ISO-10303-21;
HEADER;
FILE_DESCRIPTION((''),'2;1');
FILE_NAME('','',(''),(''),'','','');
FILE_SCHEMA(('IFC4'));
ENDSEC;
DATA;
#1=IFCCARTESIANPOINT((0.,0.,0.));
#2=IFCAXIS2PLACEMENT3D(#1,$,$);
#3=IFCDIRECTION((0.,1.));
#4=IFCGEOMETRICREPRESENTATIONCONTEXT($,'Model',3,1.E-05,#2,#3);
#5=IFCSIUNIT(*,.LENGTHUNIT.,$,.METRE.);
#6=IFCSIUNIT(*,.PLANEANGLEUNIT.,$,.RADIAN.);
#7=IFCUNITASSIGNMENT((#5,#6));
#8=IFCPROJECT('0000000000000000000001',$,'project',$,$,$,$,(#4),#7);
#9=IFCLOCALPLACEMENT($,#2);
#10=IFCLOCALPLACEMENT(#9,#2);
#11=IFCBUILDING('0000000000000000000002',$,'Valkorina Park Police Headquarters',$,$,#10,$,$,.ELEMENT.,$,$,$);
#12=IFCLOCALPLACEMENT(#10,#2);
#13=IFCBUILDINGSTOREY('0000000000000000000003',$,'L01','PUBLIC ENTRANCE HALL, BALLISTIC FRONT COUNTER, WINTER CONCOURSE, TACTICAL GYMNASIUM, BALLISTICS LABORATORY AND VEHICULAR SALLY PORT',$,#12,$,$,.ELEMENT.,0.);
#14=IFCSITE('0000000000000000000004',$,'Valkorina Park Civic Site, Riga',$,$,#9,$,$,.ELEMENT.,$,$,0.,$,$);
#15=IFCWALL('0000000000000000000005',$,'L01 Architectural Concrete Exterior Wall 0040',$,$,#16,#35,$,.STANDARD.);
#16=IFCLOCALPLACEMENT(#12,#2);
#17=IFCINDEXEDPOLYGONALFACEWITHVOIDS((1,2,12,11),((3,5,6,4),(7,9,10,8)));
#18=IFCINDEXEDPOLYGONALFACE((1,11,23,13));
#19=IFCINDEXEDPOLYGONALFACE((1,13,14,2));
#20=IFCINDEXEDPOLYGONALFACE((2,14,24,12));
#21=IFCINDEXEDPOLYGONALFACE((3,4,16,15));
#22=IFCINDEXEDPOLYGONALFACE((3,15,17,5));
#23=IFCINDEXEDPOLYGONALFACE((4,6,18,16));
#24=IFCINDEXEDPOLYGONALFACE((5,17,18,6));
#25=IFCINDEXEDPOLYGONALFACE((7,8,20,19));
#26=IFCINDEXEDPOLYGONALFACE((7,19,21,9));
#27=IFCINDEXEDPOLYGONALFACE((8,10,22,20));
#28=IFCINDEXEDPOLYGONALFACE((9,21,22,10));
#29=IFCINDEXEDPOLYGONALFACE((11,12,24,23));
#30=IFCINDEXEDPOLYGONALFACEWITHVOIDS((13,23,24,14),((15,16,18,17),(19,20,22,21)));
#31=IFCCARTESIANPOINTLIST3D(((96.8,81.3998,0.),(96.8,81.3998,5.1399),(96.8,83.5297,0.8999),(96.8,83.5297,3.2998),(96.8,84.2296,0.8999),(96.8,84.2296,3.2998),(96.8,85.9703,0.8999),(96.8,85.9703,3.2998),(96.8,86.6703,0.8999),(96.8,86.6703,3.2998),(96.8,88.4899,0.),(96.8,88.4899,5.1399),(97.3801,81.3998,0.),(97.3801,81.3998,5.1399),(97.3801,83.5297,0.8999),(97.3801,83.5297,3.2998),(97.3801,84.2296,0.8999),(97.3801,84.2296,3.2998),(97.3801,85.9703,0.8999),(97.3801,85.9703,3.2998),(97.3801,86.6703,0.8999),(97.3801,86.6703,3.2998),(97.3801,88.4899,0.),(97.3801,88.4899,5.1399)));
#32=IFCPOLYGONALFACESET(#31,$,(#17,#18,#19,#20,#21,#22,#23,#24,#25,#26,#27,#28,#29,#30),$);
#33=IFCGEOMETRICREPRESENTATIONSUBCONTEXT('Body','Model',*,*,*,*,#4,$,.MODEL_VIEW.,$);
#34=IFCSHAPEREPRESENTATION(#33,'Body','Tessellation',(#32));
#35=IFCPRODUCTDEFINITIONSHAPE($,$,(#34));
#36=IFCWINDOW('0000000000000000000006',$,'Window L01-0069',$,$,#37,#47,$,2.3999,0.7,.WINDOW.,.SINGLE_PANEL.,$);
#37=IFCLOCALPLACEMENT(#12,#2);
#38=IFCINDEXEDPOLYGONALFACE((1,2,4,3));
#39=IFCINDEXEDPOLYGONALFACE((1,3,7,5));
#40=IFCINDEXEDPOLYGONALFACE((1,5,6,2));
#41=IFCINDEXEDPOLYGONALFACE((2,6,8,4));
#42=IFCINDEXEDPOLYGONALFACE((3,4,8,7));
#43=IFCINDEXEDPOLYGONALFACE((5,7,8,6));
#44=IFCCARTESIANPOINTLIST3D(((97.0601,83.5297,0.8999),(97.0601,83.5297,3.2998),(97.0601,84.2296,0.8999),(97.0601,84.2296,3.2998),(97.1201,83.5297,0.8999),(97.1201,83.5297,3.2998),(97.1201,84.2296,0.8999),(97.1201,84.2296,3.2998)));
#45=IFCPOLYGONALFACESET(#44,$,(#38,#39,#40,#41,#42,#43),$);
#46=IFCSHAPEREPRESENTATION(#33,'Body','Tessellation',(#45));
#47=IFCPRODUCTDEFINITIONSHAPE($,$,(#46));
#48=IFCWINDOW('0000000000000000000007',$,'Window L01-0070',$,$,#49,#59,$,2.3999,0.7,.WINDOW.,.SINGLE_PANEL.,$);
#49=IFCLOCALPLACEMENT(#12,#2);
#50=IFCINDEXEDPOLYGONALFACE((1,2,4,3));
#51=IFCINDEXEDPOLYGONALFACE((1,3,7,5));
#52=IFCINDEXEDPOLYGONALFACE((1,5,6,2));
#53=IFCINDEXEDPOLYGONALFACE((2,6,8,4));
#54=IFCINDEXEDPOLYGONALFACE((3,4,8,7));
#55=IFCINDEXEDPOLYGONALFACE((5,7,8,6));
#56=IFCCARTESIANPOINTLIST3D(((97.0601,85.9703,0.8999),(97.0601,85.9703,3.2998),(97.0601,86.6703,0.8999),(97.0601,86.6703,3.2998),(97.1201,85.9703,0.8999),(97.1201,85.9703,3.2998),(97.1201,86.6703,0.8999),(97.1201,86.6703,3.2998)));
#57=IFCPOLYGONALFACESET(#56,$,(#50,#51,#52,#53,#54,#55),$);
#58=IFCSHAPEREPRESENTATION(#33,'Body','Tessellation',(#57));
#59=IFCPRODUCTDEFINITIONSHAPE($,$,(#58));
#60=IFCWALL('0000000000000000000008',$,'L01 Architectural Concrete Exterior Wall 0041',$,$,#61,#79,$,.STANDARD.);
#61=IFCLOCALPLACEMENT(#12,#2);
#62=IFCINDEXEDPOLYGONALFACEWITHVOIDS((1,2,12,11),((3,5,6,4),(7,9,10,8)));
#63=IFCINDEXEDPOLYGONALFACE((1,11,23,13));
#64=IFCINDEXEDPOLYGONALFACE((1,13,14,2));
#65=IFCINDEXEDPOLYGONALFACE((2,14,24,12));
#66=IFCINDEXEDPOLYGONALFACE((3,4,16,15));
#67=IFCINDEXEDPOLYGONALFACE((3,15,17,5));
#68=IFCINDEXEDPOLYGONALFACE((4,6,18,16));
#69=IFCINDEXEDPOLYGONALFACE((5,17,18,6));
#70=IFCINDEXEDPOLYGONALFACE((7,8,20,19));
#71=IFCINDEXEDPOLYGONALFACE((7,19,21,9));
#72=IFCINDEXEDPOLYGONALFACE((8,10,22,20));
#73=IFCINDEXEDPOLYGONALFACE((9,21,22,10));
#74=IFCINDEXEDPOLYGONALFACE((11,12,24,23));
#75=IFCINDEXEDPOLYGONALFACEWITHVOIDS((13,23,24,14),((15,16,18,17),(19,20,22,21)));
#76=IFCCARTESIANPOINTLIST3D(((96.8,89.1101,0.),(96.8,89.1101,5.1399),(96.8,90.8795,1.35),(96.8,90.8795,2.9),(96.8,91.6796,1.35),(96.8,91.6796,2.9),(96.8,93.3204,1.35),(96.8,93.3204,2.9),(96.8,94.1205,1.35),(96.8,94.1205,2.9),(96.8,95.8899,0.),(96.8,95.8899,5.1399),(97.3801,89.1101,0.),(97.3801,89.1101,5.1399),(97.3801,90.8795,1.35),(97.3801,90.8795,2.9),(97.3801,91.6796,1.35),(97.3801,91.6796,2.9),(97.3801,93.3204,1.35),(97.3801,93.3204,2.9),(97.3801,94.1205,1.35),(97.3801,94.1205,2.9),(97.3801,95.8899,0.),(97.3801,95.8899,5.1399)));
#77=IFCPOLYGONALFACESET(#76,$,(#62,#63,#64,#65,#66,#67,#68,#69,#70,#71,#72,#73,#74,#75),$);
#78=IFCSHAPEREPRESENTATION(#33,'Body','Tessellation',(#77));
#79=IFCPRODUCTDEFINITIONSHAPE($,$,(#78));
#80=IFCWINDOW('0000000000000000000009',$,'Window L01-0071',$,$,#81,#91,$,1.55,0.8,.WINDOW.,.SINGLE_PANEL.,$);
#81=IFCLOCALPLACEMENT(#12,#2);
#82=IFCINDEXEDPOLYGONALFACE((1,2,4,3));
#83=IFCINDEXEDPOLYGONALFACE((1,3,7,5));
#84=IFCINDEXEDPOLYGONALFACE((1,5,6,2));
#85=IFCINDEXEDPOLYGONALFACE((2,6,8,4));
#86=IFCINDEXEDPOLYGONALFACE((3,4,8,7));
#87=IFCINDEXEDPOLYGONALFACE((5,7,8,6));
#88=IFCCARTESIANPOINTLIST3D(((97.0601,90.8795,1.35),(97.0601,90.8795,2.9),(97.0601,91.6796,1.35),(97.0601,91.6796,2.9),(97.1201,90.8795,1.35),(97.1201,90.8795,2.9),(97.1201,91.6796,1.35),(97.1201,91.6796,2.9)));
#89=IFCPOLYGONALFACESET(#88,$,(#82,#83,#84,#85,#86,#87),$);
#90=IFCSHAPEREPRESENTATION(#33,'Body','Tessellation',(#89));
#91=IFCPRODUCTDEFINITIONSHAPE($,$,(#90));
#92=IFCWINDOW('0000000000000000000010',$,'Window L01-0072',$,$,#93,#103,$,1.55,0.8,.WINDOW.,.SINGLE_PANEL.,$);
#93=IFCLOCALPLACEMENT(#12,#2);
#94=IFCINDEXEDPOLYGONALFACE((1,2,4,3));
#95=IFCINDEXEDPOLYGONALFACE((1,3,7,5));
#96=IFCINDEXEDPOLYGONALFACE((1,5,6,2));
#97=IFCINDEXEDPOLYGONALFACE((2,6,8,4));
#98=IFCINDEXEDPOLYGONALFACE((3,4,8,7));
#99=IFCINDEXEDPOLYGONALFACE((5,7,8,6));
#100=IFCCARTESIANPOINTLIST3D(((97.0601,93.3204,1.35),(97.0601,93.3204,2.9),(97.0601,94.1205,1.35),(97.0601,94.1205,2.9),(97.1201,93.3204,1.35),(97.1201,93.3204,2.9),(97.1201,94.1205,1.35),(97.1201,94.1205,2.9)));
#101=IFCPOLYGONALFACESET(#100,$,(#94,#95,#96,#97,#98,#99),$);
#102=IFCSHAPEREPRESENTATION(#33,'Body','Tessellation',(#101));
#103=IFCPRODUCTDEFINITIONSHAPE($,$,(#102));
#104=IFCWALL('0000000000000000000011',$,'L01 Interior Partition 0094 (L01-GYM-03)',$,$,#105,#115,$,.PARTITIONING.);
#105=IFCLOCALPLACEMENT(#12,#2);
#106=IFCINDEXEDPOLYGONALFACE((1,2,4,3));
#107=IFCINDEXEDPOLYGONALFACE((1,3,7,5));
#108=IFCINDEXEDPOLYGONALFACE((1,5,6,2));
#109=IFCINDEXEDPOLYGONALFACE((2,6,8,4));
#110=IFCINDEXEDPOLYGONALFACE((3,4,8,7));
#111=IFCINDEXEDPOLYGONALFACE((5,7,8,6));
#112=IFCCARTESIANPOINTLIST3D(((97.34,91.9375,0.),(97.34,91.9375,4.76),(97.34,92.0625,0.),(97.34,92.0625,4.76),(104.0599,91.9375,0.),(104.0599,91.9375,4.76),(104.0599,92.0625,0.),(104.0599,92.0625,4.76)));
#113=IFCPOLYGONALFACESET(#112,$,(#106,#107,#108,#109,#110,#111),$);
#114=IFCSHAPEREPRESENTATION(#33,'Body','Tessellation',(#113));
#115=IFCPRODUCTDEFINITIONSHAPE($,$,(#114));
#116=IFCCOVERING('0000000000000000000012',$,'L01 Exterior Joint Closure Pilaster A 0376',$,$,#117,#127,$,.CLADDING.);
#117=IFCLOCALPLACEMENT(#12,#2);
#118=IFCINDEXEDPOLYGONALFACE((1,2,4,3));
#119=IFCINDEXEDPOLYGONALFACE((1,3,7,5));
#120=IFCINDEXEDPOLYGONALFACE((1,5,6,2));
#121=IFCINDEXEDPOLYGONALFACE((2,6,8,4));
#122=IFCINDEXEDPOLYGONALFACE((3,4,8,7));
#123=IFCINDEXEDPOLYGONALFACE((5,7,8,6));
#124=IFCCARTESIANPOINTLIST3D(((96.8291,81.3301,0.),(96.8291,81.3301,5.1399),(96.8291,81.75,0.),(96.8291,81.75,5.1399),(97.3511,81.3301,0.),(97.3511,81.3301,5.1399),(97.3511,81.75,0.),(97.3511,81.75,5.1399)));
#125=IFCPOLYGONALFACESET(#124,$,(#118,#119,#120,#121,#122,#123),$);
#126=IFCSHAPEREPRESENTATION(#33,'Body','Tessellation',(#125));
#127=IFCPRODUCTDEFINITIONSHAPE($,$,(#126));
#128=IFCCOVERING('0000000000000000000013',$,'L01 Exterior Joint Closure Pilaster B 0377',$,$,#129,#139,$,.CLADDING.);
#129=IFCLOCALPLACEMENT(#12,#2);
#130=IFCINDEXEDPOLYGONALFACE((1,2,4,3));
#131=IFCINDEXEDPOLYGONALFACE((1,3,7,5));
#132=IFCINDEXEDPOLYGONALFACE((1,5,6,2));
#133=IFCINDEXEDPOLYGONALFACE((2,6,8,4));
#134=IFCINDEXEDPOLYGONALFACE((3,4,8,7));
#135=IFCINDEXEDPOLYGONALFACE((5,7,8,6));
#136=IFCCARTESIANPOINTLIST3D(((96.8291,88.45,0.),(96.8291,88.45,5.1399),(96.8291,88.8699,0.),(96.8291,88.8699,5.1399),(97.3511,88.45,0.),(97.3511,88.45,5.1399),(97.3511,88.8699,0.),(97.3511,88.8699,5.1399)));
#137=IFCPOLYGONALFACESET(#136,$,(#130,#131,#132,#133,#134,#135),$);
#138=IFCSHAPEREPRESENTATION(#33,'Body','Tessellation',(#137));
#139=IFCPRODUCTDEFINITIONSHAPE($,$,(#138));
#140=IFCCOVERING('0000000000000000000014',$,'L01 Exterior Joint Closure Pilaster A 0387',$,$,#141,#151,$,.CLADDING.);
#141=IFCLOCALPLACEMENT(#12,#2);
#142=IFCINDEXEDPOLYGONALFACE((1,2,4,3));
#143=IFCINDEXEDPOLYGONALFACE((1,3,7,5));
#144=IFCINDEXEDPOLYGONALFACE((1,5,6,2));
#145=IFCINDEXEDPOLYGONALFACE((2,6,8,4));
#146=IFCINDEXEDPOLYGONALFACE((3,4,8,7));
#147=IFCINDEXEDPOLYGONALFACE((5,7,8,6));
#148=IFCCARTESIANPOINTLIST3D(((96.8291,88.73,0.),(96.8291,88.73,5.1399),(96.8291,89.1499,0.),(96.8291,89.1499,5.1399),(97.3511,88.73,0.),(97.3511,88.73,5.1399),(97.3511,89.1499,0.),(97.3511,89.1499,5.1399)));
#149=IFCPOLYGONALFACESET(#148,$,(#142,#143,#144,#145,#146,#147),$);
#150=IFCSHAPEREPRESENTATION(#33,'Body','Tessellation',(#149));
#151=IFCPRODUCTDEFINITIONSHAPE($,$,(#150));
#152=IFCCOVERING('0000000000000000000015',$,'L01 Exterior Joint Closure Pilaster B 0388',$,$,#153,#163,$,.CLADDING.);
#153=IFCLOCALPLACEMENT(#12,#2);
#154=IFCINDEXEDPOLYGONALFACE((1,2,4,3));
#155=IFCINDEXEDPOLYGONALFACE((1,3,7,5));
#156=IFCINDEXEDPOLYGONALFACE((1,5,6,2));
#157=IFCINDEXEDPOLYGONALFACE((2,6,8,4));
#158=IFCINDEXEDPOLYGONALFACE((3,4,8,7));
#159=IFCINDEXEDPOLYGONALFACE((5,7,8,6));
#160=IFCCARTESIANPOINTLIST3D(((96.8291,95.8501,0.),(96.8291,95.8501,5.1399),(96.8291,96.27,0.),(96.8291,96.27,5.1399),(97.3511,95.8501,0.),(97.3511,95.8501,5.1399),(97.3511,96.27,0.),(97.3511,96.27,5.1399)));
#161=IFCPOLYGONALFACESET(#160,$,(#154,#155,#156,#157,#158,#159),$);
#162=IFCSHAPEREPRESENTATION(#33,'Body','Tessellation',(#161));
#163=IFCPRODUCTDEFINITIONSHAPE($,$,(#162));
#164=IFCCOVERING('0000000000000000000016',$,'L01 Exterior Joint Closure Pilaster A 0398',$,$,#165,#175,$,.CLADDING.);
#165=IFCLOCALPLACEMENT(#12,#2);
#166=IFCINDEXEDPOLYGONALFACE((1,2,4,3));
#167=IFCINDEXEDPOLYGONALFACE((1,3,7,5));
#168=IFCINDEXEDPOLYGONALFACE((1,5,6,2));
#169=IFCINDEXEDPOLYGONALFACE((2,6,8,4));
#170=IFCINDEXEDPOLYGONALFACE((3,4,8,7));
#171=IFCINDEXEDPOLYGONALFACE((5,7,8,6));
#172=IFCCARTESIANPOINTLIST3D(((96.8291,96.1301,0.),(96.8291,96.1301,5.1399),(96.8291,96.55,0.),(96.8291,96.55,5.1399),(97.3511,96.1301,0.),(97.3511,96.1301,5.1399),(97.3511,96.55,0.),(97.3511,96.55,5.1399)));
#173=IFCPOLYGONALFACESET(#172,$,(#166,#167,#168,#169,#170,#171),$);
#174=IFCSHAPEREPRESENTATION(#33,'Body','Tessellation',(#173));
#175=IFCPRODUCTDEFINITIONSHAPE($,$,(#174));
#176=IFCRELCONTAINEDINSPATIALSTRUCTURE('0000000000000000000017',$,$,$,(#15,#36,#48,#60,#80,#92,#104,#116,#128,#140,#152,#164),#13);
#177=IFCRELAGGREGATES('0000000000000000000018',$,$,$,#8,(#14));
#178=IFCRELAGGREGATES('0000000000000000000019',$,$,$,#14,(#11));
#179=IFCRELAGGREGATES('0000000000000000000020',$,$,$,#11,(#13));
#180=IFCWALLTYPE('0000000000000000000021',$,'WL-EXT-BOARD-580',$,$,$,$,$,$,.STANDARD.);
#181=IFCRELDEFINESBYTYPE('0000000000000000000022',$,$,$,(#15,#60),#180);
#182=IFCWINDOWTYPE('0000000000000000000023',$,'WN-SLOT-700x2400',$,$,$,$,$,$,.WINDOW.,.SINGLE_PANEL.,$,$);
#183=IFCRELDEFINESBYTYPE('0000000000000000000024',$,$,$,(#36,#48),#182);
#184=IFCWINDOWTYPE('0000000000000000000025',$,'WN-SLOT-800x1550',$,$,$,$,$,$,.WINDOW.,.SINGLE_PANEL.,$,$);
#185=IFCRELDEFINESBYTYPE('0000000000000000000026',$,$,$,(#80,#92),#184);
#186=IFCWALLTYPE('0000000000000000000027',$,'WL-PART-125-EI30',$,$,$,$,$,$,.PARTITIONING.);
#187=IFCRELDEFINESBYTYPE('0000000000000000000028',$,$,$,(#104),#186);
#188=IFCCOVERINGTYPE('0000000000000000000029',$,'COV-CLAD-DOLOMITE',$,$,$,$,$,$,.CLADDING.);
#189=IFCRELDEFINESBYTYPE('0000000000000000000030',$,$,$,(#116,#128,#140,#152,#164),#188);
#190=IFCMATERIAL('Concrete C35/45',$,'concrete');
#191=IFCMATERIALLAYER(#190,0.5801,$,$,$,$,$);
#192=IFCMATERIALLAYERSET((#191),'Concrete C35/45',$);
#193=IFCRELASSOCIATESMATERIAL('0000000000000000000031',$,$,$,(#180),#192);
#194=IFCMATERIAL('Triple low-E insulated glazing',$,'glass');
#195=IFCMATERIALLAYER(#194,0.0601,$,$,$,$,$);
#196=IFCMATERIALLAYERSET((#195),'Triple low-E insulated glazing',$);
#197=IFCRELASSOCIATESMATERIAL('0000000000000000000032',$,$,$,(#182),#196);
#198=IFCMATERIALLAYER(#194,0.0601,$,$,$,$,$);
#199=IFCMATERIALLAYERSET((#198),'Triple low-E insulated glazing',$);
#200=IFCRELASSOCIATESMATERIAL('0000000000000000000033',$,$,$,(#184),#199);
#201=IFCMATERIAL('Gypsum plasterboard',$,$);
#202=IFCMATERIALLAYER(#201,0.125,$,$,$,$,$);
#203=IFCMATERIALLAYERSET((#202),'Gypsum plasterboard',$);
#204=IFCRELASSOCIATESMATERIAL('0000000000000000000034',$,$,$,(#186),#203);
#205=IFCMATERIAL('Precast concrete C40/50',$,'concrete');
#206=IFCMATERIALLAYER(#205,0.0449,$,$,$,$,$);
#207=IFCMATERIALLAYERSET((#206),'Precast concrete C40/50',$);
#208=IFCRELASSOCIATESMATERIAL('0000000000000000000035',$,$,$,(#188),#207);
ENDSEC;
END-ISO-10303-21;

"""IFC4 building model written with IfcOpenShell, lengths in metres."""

from ifc_helpers import new_model, si_unit, direction, frame, frame_2d, origin, origin_2d, place, context, subcontext, project, spatial, rectangle, extrude, material, layer, layer_set, type_object, element, fill, save


model = new_model("IFC4")

# Units and contexts
model_context = context("Model", 3, precision=1e-05, world=origin(), true_north=direction((0.0, 1.0)))
body_context = subcontext(model_context, "Body", "Model", "MODEL_VIEW")
ifc_project = project(units=[si_unit("LENGTHUNIT", "METRE"), si_unit("PLANEANGLEUNIT", "RADIAN")], contexts=[model_context])

# Site, building, storey
site_placement = place(None, origin())
site = spatial("IfcSite", under=ifc_project, at=site_placement, Name="Valkorina Park Civic Site, Riga", CompositionType="ELEMENT", RefElevation=0.0)
building_placement = place(site_placement, origin())
building = spatial("IfcBuilding", under=site, at=building_placement, Name="Valkorina Park Police Headquarters", CompositionType="ELEMENT")
storey_placement = place(building_placement, origin())
storey = spatial("IfcBuildingStorey", under=building, at=storey_placement, Name="L01", Description="PUBLIC ENTRANCE HALL, BALLISTIC FRONT COUNTER, WINTER CONCOURSE, TACTICAL GYMNASIUM, BALLISTICS LABORATORY AND VEHICULAR SALLY PORT", CompositionType="ELEMENT", Elevation=0.0)

# Walls, openings, windows
ifc_material_1 = material(Name="Concrete C35/45", Category="concrete")
ifc_layer_1 = layer(ifc_material_1, 0.5801)
ifc_layer_set_1 = layer_set([ifc_layer_1], Name="Concrete C35/45")
wall_type_1 = type_object("IfcWallType", Name="WL-EXT-BOARD-580", PredefinedType="STANDARD", material=ifc_layer_set_1)
wall_1_placement = place(storey_placement, frame((97.0901, 81.3999, 0.0), z_axis=(0.0, 0.0, 1.0), x_axis=(0.0, 1.0, 0.0)))
wall_1 = element("IfcWall", 1, at=wall_1_placement, inside=storey, type_object=wall_type_1, Name="L01 Architectural Concrete Exterior Wall 0040", PredefinedType="STANDARD", context=body_context, shape_type="SweptSolid", body=[
    extrude(rectangle(XDim=7.0901, YDim=0.5801, at=frame_2d((3.5449, 0.0))), origin(), (0.0, 0.0, 1.0), 5.1399),
])
opening_1_placement = place(wall_1_placement, frame((2.1296, 0.0, 0.8999)))
opening_1 = element("IfcOpeningElement", 2, at=opening_1_placement, cuts=wall_1, PredefinedType="OPENING", context=body_context, shape_type="SweptSolid", body=[
    extrude(rectangle(XDim=0.7, YDim=2.3999, at=frame_2d((0.3501, 1.2))), frame((0.0, 0.3, 0.0), z_axis=(0.0, -1.0, 0.0), x_axis=(1.0, 0.0, 0.0)), (0.0, 0.0, 1.0), 0.6001),
])
opening_2_placement = place(wall_1_placement, frame((4.5703, 0.0, 0.8999)))
opening_2 = element("IfcOpeningElement", 3, at=opening_2_placement, cuts=wall_1, PredefinedType="OPENING", context=body_context, shape_type="SweptSolid", body=[
    extrude(rectangle(XDim=0.7, YDim=2.3999, at=frame_2d((0.3501, 1.2))), frame((0.0, 0.3, 0.0), z_axis=(0.0, -1.0, 0.0), x_axis=(1.0, 0.0, 0.0)), (0.0, 0.0, 1.0), 0.6001),
])
ifc_material_2 = material(Name="Triple low-E insulated glazing", Category="glass")
ifc_layer_2 = layer(ifc_material_2, 0.0601)
ifc_layer_set_2 = layer_set([ifc_layer_2], Name="Triple low-E insulated glazing")
window_type_1 = type_object("IfcWindowType", Name="WN-SLOT-700x2400", PartitioningType="SINGLE_PANEL", PredefinedType="WINDOW", material=ifc_layer_set_2)
window_1_placement = place(opening_1_placement, origin())
window_1 = element("IfcWindow", 4, at=window_1_placement, inside=storey, type_object=window_type_1, Name="Window L01-0069", OverallHeight=2.3999, OverallWidth=0.7, PartitioningType="SINGLE_PANEL", PredefinedType="WINDOW", context=body_context, shape_type="SweptSolid", body=[
    extrude(rectangle(XDim=0.7, YDim=2.3999, at=frame_2d((0.3501, 1.2))), frame((0.0, 0.03, 0.0), z_axis=(0.0, -1.0, 0.0), x_axis=(1.0, 0.0, 0.0)), (0.0, 0.0, 1.0), 0.0601),
])
fill(opening_1, window_1)
window_2_placement = place(opening_2_placement, origin())
window_2 = element("IfcWindow", 5, at=window_2_placement, inside=storey, type_object=window_type_1, Name="Window L01-0070", OverallHeight=2.3999, OverallWidth=0.7, PartitioningType="SINGLE_PANEL", PredefinedType="WINDOW", context=body_context, shape_type="SweptSolid", body=[
    extrude(rectangle(XDim=0.7, YDim=2.3999, at=frame_2d((0.3501, 1.2))), frame((0.0, 0.03, 0.0), z_axis=(0.0, -1.0, 0.0), x_axis=(1.0, 0.0, 0.0)), (0.0, 0.0, 1.0), 0.0601),
])
fill(opening_2, window_2)
wall_2_placement = place(storey_placement, frame((97.0901, 89.1101, 0.0), z_axis=(0.0, 0.0, 1.0), x_axis=(0.0, 1.0, 0.0)))
wall_2 = element("IfcWall", 6, at=wall_2_placement, inside=storey, type_object=wall_type_1, Name="L01 Architectural Concrete Exterior Wall 0041", PredefinedType="STANDARD", context=body_context, shape_type="SweptSolid", body=[
    extrude(rectangle(XDim=6.7798, YDim=0.5801, at=frame_2d((3.3899, 0.0))), origin(), (0.0, 0.0, 1.0), 5.1399),
])
opening_3_placement = place(wall_2_placement, frame((1.7695, 0.0, 1.3501)))
opening_3 = element("IfcOpeningElement", 7, at=opening_3_placement, cuts=wall_2, PredefinedType="OPENING", context=body_context, shape_type="SweptSolid", body=[
    extrude(rectangle(XDim=0.8, YDim=1.55, at=frame_2d((0.3999, 0.7749))), frame((0.0, 0.3, 0.0), z_axis=(0.0, -1.0, 0.0), x_axis=(1.0, 0.0, 0.0)), (0.0, 0.0, 1.0), 0.6001),
])
opening_4_placement = place(wall_2_placement, frame((4.2104, 0.0, 1.3501)))
opening_4 = element("IfcOpeningElement", 8, at=opening_4_placement, cuts=wall_2, PredefinedType="OPENING", context=body_context, shape_type="SweptSolid", body=[
    extrude(rectangle(XDim=0.8, YDim=1.55, at=frame_2d((0.3999, 0.7749))), frame((0.0, 0.3, 0.0), z_axis=(0.0, -1.0, 0.0), x_axis=(1.0, 0.0, 0.0)), (0.0, 0.0, 1.0), 0.6001),
])
ifc_layer_3 = layer(ifc_material_2, 0.0601)
ifc_layer_set_3 = layer_set([ifc_layer_3], Name="Triple low-E insulated glazing")
window_type_2 = type_object("IfcWindowType", Name="WN-SLOT-800x1550", PartitioningType="SINGLE_PANEL", PredefinedType="WINDOW", material=ifc_layer_set_3)
window_3_placement = place(opening_3_placement, origin())
window_3 = element("IfcWindow", 9, at=window_3_placement, inside=storey, type_object=window_type_2, Name="Window L01-0071", OverallHeight=1.55, OverallWidth=0.8, PartitioningType="SINGLE_PANEL", PredefinedType="WINDOW", context=body_context, shape_type="SweptSolid", body=[
    extrude(rectangle(XDim=0.8, YDim=1.55, at=frame_2d((0.3999, 0.7749))), frame((0.0, 0.03, 0.0), z_axis=(0.0, -1.0, 0.0), x_axis=(1.0, 0.0, 0.0)), (0.0, 0.0, 1.0), 0.0601),
])
fill(opening_3, window_3)
window_4_placement = place(opening_4_placement, origin())
window_4 = element("IfcWindow", 10, at=window_4_placement, inside=storey, type_object=window_type_2, Name="Window L01-0072", OverallHeight=1.55, OverallWidth=0.8, PartitioningType="SINGLE_PANEL", PredefinedType="WINDOW", context=body_context, shape_type="SweptSolid", body=[
    extrude(rectangle(XDim=0.8, YDim=1.55, at=frame_2d((0.3999, 0.7749))), frame((0.0, 0.03, 0.0), z_axis=(0.0, -1.0, 0.0), x_axis=(1.0, 0.0, 0.0)), (0.0, 0.0, 1.0), 0.0601),
])
fill(opening_4, window_4)

# Wall
ifc_material_3 = material(Name="Gypsum plasterboard")
ifc_layer_4 = layer(ifc_material_3, 0.125)
ifc_layer_set_4 = layer_set([ifc_layer_4], Name="Gypsum plasterboard")
wall_type_2 = type_object("IfcWallType", Name="WL-PART-125-EI30", PredefinedType="PARTITIONING", material=ifc_layer_set_4)
wall_3_placement = place(storey_placement, frame((97.3401, 92.0, 0.0), z_axis=(0.0, 0.0, 1.0), x_axis=(1.0, 0.0, 0.0)))
element("IfcWall", 11, at=wall_3_placement, inside=storey, type_object=wall_type_2, Name="L01 Interior Partition 0094 (L01-GYM-03)", PredefinedType="PARTITIONING", context=body_context, shape_type="SweptSolid", body=[
    extrude(rectangle(XDim=6.72, YDim=0.125, at=frame_2d((3.3599, 0.0))), origin(), (0.0, 0.0, 1.0), 4.76),
])

# Coverings
ifc_material_4 = material(Name="Precast concrete C40/50", Category="concrete")
ifc_layer_5 = layer(ifc_material_4, 0.0449)
ifc_layer_set_5 = layer_set([ifc_layer_5], Name="Precast concrete C40/50")
covering_type = type_object("IfcCoveringType", Name="COV-CLAD-DOLOMITE", PredefinedType="CLADDING", material=ifc_layer_set_5)
for number, where, z_axis, x_axis, name in (
    (12, (97.0901, 81.54, 0.0), (0.0, 0.0, 1.0), (0.0, 1.0, 0.0), "L01 Exterior Joint Closure Pilaster A 0376"),
    (13, (97.0901, 88.6599, 0.0), (0.0, 0.0, 1.0), (0.0, 1.0, 0.0), "L01 Exterior Joint Closure Pilaster B 0377"),
    (14, (97.0901, 88.9399, 0.0), (0.0, 0.0, 1.0), (0.0, 1.0, 0.0), "L01 Exterior Joint Closure Pilaster A 0387"),
    (15, (97.0901, 96.0601, 0.0), (0.0, 0.0, 1.0), (0.0, 1.0, 0.0), "L01 Exterior Joint Closure Pilaster B 0388"),
    (16, (97.0901, 96.3401, 0.0), (0.0, 0.0, 1.0), (0.0, 1.0, 0.0), "L01 Exterior Joint Closure Pilaster A 0398"),
):
    element("IfcCovering", number, at=place(storey_placement, frame(where, z_axis=z_axis, x_axis=x_axis)), inside=storey, type_object=covering_type, Name=name, PredefinedType="CLADDING", context=body_context, shape_type="SweptSolid", body=[
        extrude(rectangle(XDim=0.4199, YDim=0.522, at=origin_2d()), origin(), (0.0, 0.0, 1.0), 5.1399),
    ])

save(model, "model.ifc")
